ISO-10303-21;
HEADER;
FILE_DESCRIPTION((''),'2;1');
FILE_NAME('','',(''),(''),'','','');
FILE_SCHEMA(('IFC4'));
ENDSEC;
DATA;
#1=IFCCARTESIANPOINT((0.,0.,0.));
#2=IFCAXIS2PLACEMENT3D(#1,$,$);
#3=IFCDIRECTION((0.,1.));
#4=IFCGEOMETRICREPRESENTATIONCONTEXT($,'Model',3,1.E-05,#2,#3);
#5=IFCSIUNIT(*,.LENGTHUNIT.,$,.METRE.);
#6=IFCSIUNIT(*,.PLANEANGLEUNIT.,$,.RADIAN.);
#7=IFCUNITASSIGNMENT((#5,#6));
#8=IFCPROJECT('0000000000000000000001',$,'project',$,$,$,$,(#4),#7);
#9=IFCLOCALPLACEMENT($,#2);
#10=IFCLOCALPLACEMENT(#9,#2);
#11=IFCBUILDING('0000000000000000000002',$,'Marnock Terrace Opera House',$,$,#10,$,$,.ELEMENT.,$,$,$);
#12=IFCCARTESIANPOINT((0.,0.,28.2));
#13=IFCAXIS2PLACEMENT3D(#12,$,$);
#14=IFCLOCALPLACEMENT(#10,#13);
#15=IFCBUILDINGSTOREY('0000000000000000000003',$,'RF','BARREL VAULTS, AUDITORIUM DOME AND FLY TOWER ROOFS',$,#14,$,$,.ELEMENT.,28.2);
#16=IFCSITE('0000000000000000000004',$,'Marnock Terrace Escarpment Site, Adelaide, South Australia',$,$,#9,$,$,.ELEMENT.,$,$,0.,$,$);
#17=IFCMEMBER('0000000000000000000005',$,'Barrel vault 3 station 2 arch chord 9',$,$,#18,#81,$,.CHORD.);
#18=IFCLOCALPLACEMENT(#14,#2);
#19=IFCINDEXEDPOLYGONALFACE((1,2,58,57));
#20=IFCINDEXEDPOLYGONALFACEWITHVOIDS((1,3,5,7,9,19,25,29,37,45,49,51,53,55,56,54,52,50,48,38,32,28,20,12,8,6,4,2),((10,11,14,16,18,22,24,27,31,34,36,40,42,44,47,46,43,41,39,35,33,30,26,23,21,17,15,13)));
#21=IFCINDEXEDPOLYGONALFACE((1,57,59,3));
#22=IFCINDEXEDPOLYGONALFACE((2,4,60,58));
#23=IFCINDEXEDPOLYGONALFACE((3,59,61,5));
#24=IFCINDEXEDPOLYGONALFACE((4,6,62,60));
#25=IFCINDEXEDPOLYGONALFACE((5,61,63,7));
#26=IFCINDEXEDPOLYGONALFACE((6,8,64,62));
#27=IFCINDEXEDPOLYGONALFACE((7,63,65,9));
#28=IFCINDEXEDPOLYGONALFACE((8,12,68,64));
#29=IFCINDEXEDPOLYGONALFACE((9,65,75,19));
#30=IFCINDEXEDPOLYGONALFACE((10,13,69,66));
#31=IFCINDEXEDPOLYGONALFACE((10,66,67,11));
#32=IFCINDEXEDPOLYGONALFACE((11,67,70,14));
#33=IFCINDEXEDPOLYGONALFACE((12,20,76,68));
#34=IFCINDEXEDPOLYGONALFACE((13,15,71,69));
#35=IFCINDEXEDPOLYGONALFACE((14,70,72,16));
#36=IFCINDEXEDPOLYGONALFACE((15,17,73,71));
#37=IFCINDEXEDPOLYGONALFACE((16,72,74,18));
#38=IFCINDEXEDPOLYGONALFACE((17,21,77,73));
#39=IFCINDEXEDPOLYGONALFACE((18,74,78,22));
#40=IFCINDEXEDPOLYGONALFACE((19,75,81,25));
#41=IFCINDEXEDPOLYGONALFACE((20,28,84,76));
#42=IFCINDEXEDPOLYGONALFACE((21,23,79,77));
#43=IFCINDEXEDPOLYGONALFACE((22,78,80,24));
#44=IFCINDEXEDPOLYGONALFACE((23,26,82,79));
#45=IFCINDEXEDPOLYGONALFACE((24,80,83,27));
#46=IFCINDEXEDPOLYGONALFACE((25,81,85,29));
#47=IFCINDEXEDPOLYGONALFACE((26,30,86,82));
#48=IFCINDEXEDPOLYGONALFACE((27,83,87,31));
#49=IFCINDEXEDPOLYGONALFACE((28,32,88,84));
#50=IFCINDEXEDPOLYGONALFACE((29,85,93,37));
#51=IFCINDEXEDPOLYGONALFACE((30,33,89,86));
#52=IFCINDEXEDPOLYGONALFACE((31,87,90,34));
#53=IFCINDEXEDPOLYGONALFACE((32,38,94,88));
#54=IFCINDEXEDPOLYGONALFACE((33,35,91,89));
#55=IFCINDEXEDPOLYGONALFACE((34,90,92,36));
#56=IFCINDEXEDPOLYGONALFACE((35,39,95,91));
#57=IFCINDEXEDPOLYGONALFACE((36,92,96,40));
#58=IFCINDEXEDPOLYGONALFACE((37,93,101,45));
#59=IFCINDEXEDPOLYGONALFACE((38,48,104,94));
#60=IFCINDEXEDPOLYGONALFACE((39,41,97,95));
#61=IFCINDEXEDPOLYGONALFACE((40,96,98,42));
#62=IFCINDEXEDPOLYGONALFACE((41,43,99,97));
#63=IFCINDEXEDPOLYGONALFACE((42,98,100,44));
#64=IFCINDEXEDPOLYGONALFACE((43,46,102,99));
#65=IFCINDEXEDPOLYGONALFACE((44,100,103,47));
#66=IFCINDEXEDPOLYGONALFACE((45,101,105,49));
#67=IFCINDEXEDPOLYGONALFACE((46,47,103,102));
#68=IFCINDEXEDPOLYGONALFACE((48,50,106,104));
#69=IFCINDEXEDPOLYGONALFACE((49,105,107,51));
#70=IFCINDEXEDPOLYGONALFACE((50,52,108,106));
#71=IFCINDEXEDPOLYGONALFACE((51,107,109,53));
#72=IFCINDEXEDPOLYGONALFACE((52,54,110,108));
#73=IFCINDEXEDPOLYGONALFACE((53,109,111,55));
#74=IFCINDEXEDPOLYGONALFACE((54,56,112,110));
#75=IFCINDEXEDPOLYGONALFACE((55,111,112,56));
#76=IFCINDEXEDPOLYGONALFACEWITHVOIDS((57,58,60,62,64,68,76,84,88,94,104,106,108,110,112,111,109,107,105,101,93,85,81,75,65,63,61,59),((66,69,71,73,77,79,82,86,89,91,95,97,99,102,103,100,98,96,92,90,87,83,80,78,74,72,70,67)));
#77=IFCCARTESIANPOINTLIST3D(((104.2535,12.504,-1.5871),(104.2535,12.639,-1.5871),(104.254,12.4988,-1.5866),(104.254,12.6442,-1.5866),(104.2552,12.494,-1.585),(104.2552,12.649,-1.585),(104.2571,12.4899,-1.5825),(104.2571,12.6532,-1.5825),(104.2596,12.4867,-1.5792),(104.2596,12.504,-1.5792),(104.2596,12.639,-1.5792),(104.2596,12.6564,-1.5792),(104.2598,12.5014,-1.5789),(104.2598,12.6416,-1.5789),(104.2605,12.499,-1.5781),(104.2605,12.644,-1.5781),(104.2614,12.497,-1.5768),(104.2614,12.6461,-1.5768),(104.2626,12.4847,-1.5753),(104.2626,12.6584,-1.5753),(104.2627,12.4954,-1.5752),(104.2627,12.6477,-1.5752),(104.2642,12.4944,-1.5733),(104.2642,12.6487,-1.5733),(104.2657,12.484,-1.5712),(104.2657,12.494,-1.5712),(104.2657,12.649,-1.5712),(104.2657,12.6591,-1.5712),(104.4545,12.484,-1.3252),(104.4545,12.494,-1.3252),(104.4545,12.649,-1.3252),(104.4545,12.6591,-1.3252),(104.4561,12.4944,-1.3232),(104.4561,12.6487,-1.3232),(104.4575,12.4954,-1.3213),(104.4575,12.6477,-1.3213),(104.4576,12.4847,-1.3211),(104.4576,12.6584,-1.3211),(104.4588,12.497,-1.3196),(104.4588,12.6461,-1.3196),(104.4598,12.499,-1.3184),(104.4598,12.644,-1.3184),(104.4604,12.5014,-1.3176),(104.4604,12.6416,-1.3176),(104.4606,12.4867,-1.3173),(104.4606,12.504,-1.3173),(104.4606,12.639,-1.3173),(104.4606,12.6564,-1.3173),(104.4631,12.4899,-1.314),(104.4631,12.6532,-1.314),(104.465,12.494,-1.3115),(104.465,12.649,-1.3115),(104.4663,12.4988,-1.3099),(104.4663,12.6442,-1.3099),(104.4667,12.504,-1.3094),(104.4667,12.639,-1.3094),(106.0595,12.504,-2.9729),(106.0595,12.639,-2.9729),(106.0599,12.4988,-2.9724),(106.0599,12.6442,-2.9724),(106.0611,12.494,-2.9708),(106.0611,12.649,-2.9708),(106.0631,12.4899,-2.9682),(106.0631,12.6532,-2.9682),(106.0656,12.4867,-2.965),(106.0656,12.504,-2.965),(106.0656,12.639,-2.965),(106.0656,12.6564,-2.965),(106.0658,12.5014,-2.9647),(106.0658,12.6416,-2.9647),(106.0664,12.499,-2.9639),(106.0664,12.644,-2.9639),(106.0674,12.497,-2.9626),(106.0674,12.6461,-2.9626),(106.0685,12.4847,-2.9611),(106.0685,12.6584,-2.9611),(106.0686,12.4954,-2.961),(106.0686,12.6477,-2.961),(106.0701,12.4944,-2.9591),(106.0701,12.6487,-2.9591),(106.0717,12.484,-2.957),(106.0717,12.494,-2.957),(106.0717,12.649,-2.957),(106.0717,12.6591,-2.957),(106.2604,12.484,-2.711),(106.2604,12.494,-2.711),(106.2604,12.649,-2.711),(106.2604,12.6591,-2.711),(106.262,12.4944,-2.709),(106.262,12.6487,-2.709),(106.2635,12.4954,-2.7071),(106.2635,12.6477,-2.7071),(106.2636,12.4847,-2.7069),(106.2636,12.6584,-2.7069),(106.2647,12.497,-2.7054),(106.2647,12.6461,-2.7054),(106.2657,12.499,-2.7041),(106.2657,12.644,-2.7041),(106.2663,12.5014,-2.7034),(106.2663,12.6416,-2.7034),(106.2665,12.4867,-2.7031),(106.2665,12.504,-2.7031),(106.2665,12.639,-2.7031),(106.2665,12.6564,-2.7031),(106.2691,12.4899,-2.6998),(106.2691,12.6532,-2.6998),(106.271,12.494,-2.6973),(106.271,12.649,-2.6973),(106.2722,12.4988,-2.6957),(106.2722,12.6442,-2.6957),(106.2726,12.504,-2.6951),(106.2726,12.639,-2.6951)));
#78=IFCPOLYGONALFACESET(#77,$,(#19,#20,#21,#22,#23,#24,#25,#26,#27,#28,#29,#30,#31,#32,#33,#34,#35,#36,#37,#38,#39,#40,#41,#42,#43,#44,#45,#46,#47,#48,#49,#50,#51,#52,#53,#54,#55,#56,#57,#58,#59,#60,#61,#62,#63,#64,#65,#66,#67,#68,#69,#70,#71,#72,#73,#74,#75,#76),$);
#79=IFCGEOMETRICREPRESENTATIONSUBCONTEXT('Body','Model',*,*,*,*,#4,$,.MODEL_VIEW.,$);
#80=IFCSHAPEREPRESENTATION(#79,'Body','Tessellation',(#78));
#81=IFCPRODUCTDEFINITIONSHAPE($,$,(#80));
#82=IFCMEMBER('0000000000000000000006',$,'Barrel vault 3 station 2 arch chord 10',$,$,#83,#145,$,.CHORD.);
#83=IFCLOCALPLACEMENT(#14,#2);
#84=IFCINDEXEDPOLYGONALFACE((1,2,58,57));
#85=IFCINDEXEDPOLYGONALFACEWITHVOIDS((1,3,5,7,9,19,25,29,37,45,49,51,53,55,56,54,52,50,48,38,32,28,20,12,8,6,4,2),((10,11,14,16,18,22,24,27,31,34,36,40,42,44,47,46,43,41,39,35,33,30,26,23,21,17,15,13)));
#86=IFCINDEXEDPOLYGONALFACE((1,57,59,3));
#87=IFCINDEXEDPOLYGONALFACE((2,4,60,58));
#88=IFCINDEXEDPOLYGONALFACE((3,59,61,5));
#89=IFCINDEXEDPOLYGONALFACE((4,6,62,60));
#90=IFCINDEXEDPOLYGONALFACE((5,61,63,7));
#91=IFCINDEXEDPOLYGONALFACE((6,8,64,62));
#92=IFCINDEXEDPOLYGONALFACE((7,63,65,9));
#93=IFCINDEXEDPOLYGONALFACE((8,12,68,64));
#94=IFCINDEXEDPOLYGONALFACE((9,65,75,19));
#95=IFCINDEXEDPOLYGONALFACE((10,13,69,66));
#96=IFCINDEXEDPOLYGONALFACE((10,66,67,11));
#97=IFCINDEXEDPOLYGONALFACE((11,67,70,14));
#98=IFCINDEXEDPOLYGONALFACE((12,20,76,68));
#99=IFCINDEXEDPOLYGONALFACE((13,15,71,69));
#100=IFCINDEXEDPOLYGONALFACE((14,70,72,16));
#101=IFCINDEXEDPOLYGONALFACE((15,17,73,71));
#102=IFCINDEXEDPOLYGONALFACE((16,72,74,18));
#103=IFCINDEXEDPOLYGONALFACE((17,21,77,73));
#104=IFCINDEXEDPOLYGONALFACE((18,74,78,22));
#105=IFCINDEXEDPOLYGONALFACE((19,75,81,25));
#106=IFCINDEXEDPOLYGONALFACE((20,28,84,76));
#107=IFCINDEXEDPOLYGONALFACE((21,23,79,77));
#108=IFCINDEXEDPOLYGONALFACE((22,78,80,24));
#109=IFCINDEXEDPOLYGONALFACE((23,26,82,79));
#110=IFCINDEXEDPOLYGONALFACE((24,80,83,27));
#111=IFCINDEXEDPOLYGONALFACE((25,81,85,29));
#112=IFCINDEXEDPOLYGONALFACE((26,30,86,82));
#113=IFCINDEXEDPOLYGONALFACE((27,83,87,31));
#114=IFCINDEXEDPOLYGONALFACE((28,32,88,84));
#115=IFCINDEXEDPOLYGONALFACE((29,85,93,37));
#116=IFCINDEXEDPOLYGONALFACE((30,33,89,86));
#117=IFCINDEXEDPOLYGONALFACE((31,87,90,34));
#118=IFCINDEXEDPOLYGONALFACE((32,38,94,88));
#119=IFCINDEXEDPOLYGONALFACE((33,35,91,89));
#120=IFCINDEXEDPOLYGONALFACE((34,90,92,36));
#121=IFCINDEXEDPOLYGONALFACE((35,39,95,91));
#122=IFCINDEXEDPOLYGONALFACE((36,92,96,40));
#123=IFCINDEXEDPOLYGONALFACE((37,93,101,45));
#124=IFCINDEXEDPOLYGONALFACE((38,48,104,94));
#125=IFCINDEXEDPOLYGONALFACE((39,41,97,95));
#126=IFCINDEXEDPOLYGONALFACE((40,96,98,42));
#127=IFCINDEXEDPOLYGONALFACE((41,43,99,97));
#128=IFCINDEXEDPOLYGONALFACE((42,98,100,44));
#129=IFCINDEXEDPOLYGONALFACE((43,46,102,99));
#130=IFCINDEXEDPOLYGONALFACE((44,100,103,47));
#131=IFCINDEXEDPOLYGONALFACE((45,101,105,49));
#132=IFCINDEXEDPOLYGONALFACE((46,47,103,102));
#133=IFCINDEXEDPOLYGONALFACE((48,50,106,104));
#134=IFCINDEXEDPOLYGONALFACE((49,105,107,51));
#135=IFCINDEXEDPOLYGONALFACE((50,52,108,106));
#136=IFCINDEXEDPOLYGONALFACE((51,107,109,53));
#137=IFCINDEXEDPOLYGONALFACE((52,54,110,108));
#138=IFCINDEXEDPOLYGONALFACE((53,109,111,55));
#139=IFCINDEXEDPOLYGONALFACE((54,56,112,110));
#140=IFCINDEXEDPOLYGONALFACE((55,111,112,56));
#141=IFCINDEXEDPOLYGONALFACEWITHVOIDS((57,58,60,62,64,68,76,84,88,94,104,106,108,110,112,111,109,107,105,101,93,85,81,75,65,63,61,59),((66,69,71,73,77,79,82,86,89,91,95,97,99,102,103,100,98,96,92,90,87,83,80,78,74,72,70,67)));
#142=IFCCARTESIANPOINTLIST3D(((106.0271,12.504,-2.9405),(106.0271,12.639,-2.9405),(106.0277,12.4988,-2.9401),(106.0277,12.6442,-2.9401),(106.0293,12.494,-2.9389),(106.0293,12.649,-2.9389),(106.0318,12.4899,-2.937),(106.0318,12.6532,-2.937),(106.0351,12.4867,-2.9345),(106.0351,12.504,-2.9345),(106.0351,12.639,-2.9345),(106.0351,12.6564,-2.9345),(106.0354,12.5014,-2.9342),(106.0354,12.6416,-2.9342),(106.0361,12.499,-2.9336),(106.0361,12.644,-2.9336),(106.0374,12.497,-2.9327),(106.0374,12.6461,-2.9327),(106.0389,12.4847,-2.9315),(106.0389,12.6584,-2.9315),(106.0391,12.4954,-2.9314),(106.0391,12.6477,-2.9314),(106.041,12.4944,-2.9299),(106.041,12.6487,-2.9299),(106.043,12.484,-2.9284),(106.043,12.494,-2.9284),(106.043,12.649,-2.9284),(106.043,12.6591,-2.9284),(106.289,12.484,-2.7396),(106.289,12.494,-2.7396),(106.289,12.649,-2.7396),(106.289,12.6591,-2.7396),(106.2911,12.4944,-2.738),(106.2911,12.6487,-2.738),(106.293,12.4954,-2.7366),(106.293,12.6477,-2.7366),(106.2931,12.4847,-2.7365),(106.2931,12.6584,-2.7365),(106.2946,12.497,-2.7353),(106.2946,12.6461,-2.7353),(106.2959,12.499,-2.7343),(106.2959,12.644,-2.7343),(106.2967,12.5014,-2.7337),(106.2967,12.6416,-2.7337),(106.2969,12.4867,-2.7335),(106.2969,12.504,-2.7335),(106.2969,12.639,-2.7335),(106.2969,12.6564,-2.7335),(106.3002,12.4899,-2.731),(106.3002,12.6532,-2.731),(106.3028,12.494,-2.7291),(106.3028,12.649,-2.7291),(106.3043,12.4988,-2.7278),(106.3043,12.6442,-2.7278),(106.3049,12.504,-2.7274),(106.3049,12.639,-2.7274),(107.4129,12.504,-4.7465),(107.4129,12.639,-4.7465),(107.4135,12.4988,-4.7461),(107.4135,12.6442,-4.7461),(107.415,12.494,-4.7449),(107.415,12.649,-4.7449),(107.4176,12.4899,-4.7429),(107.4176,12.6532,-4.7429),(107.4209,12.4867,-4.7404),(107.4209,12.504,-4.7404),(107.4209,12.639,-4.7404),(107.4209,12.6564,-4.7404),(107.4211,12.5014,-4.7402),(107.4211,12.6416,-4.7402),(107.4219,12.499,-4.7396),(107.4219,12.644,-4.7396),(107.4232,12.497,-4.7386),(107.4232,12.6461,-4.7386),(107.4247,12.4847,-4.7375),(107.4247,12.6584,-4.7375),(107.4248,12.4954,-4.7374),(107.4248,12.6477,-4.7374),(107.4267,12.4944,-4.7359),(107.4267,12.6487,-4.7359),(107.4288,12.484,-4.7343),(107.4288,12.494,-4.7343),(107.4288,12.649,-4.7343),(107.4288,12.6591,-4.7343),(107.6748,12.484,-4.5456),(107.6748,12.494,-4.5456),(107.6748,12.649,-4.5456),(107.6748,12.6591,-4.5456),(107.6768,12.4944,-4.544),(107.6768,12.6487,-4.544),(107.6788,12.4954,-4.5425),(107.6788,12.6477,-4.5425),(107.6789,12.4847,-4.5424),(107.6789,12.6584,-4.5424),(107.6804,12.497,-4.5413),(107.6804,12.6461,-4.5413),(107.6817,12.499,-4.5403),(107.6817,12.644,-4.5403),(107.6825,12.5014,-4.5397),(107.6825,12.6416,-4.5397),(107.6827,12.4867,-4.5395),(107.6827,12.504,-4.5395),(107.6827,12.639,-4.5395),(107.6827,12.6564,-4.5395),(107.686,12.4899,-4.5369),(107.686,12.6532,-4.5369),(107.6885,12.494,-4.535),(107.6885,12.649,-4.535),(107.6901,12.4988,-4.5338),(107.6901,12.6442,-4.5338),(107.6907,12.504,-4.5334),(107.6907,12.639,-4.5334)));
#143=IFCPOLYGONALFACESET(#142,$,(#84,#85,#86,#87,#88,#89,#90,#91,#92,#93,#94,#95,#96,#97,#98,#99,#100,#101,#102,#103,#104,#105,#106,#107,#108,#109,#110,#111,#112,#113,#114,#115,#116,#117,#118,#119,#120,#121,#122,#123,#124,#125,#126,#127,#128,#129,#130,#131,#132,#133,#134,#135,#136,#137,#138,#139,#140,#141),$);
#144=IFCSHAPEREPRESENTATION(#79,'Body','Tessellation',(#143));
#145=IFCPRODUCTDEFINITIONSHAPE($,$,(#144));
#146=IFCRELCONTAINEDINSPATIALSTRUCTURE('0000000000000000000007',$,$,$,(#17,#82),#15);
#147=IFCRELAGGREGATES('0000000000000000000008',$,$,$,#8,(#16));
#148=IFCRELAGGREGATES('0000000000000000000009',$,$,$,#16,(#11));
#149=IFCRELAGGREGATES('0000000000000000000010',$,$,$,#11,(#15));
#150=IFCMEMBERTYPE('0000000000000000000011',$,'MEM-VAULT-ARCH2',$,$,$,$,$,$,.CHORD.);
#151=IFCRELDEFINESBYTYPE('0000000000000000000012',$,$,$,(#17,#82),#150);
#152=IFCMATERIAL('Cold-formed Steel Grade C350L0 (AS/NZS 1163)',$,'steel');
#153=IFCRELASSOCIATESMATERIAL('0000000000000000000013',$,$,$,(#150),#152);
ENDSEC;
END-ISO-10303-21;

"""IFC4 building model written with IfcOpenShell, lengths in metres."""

from ifc_helpers import new_model, si_unit, direction, frame, origin, origin_2d, place, context, subcontext, project, spatial, hollow_rectangle, extrude, material, material_profile, profile_set, type_object, element, save


model = new_model("IFC4")

# Units and contexts
model_context = context("Model", 3, precision=1e-05, world=origin(), true_north=direction((0.0, 1.0)))
body_context = subcontext(model_context, "Body", "Model", "MODEL_VIEW")
ifc_project = project(units=[si_unit("LENGTHUNIT", "METRE"), si_unit("PLANEANGLEUNIT", "RADIAN")], contexts=[model_context])

# Site, building, storey
site_placement = place(None, origin())
site = spatial("IfcSite", under=ifc_project, at=site_placement, Name="Marnock Terrace Escarpment Site, Adelaide, South Australia", CompositionType="ELEMENT", RefElevation=0.0)
building_placement = place(site_placement, origin())
building = spatial("IfcBuilding", under=site, at=building_placement, Name="Marnock Terrace Opera House", CompositionType="ELEMENT")
storey_placement = place(building_placement, frame((0.0, 0.0, 28.2)))
storey = spatial("IfcBuildingStorey", under=building, at=storey_placement, Name="RF", Description="BARREL VAULTS, AUDITORIUM DOME AND FLY TOWER ROOFS", CompositionType="ELEMENT", Elevation=28.2)

# Members
ifc_material_1 = material(Name="Cold-formed Steel Grade C350L0 (AS/NZS 1163)", Category="steel")
ifc_material_profile_1 = material_profile(ifc_material_1, hollow_rectangle(XDim=0.175, YDim=0.3501, WallThickness=0.01, InnerFilletRadius=0.01, OuterFilletRadius=0.02, at=origin_2d()))
ifc_profile_set_1 = profile_set([ifc_material_profile_1], Name="Cold-formed Steel Grade C350L0 (AS/NZS 1163)")
member_type_1 = type_object("IfcMemberType", Name="MEM-VAULT-ARCH2", PredefinedType="CHORD", material=ifc_profile_set_1)
for number, where, z_axis, x_axis, name in (
    (1, (104.3601, 12.5715, -1.4482), (0.793349, 0.0, -0.608767), (0.0, 1.0, 0.0), "Barrel vault 3 station 2 arch chord 9"),
    (2, (106.166, 12.5715, -2.834), (0.608767, 0.0, -0.793349), (0.0, 1.0, 0.0), "Barrel vault 3 station 2 arch chord 10"),
):
    element("IfcMember", number, at=place(storey_placement, frame(where, z_axis=z_axis, x_axis=x_axis)), inside=storey, type_object=member_type_1, Name=name, PredefinedType="CHORD", context=body_context, shape_type="SweptSolid", body=[
        extrude(hollow_rectangle(XDim=0.175, YDim=0.3501, WallThickness=0.01, InnerFilletRadius=0.01, OuterFilletRadius=0.02, at=origin_2d()), origin(), (0.0, 0.0, 1.0), 2.2764),
    ])

save(model, "model.ifc")
